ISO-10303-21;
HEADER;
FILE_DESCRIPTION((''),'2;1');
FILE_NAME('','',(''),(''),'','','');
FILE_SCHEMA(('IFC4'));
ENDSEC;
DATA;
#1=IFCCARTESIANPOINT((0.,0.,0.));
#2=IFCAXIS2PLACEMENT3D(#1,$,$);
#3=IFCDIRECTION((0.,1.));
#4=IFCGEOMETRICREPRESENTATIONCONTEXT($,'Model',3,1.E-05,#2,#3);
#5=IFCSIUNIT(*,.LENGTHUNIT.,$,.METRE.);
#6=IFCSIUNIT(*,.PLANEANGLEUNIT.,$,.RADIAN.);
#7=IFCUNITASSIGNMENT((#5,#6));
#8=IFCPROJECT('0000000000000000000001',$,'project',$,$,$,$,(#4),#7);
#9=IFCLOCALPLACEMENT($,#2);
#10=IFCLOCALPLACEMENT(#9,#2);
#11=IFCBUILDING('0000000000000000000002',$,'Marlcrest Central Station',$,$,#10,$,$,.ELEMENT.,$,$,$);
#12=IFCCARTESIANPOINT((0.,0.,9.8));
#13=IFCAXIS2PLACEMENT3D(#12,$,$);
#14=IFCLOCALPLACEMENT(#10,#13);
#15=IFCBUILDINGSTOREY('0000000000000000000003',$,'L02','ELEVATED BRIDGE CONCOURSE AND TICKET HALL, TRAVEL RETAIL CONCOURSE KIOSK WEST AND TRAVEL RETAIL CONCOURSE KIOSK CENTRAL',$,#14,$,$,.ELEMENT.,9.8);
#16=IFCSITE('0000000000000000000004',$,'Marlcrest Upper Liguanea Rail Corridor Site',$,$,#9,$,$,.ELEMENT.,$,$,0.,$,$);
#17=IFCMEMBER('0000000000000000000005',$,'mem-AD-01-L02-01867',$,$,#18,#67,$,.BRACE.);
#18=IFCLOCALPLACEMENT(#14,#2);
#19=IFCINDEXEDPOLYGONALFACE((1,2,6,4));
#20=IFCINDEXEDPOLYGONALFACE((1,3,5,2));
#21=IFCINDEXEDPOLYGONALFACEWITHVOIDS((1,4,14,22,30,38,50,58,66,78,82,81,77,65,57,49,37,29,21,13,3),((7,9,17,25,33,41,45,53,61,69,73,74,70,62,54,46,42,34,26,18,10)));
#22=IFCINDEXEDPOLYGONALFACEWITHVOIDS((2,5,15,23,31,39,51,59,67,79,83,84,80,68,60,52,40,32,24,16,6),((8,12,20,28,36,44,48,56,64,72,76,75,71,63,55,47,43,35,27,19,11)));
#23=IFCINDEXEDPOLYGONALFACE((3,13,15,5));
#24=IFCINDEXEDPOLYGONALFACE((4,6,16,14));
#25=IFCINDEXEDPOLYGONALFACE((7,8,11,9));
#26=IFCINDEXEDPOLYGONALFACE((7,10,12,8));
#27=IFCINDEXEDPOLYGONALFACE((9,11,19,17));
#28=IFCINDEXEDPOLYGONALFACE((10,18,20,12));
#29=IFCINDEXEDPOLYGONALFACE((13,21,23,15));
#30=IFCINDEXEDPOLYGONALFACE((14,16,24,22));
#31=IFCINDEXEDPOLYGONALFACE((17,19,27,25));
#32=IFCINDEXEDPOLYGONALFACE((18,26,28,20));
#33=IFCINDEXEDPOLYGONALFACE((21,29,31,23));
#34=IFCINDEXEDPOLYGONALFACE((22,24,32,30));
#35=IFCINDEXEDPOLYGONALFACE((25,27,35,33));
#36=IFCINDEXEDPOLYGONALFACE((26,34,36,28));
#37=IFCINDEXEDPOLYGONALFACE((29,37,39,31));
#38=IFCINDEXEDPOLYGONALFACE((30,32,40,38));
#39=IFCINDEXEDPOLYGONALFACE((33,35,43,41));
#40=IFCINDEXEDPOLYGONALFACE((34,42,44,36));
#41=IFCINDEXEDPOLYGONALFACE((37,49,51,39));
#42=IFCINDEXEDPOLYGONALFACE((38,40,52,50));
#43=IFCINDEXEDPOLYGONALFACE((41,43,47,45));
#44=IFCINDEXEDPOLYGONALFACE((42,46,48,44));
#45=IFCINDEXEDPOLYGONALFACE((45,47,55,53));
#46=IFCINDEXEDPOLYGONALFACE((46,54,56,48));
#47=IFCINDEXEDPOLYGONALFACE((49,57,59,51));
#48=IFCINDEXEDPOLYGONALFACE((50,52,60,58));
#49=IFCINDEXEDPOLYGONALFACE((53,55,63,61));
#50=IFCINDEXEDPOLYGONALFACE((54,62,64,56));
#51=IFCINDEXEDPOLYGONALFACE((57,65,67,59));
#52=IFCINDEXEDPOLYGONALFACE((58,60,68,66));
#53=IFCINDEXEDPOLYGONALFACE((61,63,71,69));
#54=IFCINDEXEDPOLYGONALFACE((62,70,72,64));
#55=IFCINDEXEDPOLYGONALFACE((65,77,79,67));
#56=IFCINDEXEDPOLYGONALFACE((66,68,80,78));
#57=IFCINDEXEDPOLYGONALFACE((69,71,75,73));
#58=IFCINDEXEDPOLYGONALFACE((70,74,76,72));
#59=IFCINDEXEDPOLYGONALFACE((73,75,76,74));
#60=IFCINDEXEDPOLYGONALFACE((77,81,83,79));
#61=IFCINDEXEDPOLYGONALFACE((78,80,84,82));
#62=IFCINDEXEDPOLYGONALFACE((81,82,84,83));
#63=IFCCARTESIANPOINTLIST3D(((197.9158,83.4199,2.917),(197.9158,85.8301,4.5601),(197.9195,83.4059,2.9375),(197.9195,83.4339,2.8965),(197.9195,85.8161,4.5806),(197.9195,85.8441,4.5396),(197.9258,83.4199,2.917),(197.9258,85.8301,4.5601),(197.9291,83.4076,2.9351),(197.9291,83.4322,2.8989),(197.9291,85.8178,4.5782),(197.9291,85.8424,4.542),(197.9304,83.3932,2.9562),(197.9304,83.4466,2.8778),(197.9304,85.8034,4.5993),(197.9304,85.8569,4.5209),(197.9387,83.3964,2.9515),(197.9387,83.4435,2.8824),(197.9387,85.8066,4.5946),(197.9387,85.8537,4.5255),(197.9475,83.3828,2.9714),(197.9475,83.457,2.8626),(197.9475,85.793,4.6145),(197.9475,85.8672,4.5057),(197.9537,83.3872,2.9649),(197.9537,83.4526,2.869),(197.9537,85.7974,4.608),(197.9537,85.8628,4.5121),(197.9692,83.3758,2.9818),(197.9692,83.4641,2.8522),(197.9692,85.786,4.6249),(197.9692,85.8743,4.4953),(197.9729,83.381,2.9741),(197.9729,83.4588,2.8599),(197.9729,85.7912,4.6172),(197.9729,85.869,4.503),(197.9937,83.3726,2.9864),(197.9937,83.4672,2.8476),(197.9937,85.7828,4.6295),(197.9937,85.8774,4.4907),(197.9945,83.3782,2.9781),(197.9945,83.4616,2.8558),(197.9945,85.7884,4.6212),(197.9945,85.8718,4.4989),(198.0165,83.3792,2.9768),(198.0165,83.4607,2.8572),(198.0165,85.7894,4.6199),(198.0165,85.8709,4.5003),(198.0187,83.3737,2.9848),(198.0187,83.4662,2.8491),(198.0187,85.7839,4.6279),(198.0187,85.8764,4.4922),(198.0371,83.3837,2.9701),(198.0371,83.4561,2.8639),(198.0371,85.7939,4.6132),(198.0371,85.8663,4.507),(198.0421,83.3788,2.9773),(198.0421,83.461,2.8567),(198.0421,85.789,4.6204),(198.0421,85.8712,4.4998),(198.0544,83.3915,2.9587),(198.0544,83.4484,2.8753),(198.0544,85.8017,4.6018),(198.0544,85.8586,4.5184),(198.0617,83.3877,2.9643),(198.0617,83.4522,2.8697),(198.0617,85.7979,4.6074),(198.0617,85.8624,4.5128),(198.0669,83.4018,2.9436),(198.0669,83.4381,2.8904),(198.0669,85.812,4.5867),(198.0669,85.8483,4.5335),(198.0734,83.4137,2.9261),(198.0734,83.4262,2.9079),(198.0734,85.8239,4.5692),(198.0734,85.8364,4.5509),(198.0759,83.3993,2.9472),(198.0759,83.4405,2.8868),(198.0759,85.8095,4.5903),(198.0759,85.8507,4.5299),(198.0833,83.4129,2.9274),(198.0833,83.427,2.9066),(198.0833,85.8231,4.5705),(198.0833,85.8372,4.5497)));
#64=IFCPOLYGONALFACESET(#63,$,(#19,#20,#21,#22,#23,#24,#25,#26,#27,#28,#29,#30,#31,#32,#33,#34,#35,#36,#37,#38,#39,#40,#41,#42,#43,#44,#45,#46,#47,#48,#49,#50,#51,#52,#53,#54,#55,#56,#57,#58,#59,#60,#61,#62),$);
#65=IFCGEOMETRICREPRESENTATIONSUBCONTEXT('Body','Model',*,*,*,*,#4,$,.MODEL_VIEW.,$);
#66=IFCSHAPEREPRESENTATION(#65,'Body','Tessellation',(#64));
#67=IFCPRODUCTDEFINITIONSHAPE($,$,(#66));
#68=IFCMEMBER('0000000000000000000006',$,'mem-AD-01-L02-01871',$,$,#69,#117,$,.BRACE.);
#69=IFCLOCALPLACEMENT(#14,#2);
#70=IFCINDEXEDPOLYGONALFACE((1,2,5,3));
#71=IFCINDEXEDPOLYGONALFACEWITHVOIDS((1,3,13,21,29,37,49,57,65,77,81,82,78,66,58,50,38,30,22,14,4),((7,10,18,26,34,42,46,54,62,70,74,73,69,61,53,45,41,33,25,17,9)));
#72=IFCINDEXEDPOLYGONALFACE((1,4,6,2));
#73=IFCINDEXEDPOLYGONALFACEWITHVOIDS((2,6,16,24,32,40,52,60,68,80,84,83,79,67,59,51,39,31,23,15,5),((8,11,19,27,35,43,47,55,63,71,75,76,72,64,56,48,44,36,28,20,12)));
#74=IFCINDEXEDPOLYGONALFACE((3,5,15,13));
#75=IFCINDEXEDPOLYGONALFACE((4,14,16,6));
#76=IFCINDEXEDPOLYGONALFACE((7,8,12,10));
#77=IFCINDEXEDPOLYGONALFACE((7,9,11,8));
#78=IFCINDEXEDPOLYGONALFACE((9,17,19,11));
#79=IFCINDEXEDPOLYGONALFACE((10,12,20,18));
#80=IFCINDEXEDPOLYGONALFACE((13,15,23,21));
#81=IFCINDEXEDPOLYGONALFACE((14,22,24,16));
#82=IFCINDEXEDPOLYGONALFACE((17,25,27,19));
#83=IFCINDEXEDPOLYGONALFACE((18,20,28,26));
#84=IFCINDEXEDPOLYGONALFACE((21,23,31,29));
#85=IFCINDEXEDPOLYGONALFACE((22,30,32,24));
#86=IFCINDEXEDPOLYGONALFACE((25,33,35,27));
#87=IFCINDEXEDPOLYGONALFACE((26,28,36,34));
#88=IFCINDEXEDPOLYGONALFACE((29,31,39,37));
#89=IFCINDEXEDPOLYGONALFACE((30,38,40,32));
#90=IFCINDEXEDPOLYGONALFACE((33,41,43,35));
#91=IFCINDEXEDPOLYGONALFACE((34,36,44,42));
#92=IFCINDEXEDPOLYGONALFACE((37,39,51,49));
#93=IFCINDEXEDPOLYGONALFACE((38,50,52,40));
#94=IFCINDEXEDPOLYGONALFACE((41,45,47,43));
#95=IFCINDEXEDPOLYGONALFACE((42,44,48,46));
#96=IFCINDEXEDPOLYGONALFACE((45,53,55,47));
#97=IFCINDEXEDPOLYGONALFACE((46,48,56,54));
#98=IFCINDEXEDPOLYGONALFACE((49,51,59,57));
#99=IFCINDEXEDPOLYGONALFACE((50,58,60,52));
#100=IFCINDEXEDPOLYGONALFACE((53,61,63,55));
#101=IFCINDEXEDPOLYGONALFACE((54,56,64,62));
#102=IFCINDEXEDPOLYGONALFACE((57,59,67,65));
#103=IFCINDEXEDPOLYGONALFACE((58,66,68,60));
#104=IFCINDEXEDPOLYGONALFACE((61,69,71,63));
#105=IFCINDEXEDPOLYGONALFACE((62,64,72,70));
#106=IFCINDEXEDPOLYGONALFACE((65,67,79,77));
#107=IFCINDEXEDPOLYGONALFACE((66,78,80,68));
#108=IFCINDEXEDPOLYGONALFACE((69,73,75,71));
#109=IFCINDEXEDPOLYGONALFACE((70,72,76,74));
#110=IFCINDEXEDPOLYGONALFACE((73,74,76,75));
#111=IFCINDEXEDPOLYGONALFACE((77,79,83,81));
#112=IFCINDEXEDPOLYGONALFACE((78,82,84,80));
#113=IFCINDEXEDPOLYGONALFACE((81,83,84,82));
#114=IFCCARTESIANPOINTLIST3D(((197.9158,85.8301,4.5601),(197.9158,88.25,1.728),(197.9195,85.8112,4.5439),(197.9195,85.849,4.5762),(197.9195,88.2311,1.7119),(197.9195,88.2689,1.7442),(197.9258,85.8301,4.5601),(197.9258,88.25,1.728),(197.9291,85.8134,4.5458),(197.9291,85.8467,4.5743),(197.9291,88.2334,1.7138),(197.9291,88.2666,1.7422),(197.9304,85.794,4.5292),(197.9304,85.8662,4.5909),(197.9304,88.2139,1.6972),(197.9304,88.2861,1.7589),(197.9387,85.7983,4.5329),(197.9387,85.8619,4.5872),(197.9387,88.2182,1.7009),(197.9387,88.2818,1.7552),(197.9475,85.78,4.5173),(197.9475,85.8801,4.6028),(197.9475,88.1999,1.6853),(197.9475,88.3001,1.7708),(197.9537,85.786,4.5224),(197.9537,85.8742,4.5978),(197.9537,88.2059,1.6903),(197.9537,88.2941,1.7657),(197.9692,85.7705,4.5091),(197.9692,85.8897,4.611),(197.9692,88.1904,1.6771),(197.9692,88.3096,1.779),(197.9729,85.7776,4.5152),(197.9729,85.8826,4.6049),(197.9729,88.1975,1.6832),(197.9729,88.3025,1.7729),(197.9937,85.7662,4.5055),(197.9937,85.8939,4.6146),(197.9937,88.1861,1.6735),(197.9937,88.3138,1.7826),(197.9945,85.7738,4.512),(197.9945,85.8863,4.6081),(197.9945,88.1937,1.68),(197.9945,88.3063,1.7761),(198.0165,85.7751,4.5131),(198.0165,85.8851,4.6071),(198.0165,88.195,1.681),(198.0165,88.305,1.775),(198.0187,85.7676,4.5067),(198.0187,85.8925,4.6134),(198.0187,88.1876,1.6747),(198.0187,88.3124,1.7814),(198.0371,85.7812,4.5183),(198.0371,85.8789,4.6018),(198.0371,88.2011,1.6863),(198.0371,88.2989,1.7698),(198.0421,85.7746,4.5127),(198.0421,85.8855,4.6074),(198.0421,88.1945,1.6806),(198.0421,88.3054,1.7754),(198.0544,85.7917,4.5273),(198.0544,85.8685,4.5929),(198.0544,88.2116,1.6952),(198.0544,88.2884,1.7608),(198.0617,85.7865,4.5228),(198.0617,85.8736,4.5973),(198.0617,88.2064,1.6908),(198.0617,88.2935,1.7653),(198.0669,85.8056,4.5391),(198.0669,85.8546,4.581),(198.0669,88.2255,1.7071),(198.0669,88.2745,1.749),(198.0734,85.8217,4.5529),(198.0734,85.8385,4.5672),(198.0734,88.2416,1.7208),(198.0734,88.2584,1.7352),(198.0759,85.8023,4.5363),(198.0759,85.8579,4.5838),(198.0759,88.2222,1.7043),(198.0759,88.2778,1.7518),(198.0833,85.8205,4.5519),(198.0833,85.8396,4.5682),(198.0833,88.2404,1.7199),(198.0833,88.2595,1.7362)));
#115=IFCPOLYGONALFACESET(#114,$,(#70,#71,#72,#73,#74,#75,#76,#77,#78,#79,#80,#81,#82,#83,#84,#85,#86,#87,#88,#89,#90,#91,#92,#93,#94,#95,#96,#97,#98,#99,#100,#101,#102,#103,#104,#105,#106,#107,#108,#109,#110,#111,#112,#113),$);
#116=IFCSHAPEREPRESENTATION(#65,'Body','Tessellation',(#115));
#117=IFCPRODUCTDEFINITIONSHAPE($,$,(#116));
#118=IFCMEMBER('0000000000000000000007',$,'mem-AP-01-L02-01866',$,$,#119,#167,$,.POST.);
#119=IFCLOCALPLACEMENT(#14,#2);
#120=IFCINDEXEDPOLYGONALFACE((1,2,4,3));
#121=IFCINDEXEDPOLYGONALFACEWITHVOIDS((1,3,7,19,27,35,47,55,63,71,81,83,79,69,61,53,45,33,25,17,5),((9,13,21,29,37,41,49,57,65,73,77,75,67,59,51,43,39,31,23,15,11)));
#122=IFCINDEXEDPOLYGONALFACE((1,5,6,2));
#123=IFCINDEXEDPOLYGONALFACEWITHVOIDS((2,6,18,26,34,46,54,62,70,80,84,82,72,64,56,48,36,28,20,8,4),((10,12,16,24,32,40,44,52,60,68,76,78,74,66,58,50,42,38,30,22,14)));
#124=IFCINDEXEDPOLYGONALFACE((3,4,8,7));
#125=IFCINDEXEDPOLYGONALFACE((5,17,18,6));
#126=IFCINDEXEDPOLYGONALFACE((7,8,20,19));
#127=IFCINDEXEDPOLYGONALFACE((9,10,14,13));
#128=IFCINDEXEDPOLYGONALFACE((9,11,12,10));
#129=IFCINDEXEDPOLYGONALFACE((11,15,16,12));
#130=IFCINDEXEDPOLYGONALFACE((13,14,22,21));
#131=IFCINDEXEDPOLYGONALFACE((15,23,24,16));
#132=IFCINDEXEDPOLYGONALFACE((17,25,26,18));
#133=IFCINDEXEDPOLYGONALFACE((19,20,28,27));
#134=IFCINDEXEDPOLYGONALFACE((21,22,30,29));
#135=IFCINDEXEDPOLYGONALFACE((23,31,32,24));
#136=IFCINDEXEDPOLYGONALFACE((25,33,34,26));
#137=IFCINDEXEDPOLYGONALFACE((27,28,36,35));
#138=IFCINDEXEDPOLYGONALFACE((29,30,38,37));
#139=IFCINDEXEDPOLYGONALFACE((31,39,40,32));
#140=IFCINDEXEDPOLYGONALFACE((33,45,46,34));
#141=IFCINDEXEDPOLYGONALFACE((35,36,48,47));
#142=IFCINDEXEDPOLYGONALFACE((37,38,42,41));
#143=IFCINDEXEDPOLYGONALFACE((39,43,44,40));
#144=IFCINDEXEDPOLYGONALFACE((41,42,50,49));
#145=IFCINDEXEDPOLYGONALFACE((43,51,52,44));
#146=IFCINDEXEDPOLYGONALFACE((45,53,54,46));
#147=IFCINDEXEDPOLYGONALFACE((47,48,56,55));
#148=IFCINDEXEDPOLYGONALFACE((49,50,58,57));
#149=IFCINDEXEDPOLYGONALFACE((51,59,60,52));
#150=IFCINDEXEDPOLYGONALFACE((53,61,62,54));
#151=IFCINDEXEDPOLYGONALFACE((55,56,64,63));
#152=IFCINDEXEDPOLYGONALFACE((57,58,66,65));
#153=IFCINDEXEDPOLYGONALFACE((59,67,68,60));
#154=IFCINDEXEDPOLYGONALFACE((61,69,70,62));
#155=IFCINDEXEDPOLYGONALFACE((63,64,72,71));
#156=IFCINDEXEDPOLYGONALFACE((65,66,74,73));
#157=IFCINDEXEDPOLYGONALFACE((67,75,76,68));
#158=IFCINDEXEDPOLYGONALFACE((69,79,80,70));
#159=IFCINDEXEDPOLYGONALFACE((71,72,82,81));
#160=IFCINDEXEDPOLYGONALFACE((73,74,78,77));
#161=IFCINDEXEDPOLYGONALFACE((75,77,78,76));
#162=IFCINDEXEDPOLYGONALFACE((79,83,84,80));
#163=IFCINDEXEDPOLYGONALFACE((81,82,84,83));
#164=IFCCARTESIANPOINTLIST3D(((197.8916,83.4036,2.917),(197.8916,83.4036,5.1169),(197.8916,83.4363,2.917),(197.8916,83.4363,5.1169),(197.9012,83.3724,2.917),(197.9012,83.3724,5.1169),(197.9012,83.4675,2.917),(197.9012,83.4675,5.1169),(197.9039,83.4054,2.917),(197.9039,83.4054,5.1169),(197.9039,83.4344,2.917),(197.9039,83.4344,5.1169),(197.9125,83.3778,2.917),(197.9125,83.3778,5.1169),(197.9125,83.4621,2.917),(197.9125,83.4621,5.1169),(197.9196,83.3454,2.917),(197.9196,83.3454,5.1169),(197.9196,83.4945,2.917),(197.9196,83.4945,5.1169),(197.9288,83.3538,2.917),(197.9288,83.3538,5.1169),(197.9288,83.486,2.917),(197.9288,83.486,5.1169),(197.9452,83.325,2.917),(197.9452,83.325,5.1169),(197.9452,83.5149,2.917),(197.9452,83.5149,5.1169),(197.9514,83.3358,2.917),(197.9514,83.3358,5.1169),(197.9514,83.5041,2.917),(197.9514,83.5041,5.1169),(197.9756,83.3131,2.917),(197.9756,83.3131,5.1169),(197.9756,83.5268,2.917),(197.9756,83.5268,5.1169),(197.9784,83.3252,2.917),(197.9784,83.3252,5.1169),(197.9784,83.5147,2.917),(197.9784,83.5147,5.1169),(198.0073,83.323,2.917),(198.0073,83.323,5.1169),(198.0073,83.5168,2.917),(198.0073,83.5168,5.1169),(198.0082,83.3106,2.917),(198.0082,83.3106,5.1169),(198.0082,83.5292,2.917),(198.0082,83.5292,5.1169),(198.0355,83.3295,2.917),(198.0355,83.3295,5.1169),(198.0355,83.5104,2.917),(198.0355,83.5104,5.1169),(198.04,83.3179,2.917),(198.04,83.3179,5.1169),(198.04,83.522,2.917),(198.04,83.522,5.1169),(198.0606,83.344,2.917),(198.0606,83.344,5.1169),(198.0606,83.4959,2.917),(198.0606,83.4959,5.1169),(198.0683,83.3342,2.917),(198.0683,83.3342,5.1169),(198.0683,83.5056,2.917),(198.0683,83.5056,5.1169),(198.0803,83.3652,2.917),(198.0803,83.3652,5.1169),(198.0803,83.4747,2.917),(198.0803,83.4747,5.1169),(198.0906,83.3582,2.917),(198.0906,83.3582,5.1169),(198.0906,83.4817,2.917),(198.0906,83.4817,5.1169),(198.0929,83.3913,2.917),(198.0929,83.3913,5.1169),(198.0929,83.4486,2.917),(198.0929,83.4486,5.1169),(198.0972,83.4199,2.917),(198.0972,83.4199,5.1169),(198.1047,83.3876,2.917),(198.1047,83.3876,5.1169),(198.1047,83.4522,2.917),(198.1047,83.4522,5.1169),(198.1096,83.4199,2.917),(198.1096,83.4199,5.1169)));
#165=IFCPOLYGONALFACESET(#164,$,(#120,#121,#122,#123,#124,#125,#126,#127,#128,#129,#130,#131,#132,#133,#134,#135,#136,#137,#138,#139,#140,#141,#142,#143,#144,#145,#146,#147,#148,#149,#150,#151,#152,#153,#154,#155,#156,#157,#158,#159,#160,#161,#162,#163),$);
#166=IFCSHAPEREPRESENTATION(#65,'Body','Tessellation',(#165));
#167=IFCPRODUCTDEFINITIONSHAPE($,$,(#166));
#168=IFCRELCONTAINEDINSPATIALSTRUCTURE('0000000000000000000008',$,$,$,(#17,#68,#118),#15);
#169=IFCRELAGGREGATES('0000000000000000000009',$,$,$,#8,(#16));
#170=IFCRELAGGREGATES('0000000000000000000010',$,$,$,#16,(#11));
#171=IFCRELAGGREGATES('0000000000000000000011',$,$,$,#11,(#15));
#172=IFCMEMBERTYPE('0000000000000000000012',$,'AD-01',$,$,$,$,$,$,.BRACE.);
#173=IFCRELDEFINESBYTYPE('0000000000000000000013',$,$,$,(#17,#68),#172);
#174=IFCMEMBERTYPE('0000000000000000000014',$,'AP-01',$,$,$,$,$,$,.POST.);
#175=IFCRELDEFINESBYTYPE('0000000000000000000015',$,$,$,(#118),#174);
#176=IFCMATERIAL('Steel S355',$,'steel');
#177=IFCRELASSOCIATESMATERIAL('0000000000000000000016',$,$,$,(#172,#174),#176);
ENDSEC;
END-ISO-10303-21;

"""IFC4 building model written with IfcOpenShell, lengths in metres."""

from ifc_helpers import new_model, si_unit, direction, frame, origin, origin_2d, place, context, subcontext, project, spatial, hollow_circle, extrude, material, material_profile, profile_set, type_object, element, save


model = new_model("IFC4")

# Units and contexts
model_context = context("Model", 3, precision=1e-05, world=origin(), true_north=direction((0.0, 1.0)))
body_context = subcontext(model_context, "Body", "Model", "MODEL_VIEW")
ifc_project = project(units=[si_unit("LENGTHUNIT", "METRE"), si_unit("PLANEANGLEUNIT", "RADIAN")], contexts=[model_context])

# Site, building, storey
site_placement = place(None, origin())
site = spatial("IfcSite", under=ifc_project, at=site_placement, Name="Marlcrest Upper Liguanea Rail Corridor Site", CompositionType="ELEMENT", RefElevation=0.0)
building_placement = place(site_placement, origin())
building = spatial("IfcBuilding", under=site, at=building_placement, Name="Marlcrest Central Station", CompositionType="ELEMENT")
storey_placement = place(building_placement, frame((0.0, 0.0, 9.8)))
storey = spatial("IfcBuildingStorey", under=building, at=storey_placement, Name="L02", Description="ELEVATED BRIDGE CONCOURSE AND TICKET HALL, TRAVEL RETAIL CONCOURSE KIOSK WEST AND TRAVEL RETAIL CONCOURSE KIOSK CENTRAL", CompositionType="ELEMENT", Elevation=9.8)

# Members
ifc_material_1 = material(Name="Steel S355", Category="steel")
ifc_material_profile_1 = material_profile(ifc_material_1, hollow_circle(Radius=0.0842, WallThickness=0.01, at=origin_2d()), Name="CHS 168.3x10")
ifc_profile_set_1 = profile_set([ifc_material_profile_1], Name="Steel S355")
member_type_1 = type_object("IfcMemberType", Name="AD-01", PredefinedType="BRACE", material=ifc_profile_set_1)
member_1_placement = place(storey_placement, frame((198.0, 83.4199, 2.917), z_axis=(0.0, 0.826263, 0.563285), x_axis=(-1.0, 0.0, 0.0)))
element("IfcMember", 1, at=member_1_placement, inside=storey, type_object=member_type_1, Name="mem-AD-01-L02-01867", PredefinedType="BRACE", context=body_context, shape_type="SweptSolid", body=[
    extrude(hollow_circle(Radius=0.0842, WallThickness=0.01, at=origin_2d()), origin(), (0.0, 0.0, 1.0), 2.917),
])
member_2_placement = place(storey_placement, frame((198.0, 85.8301, 4.5601), z_axis=(0.0, 0.649625, -0.760255), x_axis=(-1.0, 0.0, 0.0)))
element("IfcMember", 2, at=member_2_placement, inside=storey, type_object=member_type_1, Name="mem-AD-01-L02-01871", PredefinedType="BRACE", context=body_context, shape_type="SweptSolid", body=[
    extrude(hollow_circle(Radius=0.0842, WallThickness=0.01, at=origin_2d()), origin(), (0.0, 0.0, 1.0), 3.7251),
])
ifc_material_profile_2 = material_profile(ifc_material_1, hollow_circle(Radius=0.1096, WallThickness=0.0125, at=origin_2d()), Name="CHS 219.1x12.5")
ifc_profile_set_2 = profile_set([ifc_material_profile_2], Name="Steel S355")
member_type_2 = type_object("IfcMemberType", Name="AP-01", PredefinedType="POST", material=ifc_profile_set_2)
member_3_placement = place(storey_placement, frame((198.0, 83.4199, 2.917), z_axis=(0.0, 0.0, 1.0), x_axis=(1.0, 0.0, 0.0)))
element("IfcMember", 3, at=member_3_placement, inside=storey, type_object=member_type_2, Name="mem-AP-01-L02-01866", PredefinedType="POST", context=body_context, shape_type="SweptSolid", body=[
    extrude(hollow_circle(Radius=0.1096, WallThickness=0.0125, at=origin_2d()), origin(), (0.0, 0.0, 1.0), 2.2),
])

save(model, "model.ifc")
